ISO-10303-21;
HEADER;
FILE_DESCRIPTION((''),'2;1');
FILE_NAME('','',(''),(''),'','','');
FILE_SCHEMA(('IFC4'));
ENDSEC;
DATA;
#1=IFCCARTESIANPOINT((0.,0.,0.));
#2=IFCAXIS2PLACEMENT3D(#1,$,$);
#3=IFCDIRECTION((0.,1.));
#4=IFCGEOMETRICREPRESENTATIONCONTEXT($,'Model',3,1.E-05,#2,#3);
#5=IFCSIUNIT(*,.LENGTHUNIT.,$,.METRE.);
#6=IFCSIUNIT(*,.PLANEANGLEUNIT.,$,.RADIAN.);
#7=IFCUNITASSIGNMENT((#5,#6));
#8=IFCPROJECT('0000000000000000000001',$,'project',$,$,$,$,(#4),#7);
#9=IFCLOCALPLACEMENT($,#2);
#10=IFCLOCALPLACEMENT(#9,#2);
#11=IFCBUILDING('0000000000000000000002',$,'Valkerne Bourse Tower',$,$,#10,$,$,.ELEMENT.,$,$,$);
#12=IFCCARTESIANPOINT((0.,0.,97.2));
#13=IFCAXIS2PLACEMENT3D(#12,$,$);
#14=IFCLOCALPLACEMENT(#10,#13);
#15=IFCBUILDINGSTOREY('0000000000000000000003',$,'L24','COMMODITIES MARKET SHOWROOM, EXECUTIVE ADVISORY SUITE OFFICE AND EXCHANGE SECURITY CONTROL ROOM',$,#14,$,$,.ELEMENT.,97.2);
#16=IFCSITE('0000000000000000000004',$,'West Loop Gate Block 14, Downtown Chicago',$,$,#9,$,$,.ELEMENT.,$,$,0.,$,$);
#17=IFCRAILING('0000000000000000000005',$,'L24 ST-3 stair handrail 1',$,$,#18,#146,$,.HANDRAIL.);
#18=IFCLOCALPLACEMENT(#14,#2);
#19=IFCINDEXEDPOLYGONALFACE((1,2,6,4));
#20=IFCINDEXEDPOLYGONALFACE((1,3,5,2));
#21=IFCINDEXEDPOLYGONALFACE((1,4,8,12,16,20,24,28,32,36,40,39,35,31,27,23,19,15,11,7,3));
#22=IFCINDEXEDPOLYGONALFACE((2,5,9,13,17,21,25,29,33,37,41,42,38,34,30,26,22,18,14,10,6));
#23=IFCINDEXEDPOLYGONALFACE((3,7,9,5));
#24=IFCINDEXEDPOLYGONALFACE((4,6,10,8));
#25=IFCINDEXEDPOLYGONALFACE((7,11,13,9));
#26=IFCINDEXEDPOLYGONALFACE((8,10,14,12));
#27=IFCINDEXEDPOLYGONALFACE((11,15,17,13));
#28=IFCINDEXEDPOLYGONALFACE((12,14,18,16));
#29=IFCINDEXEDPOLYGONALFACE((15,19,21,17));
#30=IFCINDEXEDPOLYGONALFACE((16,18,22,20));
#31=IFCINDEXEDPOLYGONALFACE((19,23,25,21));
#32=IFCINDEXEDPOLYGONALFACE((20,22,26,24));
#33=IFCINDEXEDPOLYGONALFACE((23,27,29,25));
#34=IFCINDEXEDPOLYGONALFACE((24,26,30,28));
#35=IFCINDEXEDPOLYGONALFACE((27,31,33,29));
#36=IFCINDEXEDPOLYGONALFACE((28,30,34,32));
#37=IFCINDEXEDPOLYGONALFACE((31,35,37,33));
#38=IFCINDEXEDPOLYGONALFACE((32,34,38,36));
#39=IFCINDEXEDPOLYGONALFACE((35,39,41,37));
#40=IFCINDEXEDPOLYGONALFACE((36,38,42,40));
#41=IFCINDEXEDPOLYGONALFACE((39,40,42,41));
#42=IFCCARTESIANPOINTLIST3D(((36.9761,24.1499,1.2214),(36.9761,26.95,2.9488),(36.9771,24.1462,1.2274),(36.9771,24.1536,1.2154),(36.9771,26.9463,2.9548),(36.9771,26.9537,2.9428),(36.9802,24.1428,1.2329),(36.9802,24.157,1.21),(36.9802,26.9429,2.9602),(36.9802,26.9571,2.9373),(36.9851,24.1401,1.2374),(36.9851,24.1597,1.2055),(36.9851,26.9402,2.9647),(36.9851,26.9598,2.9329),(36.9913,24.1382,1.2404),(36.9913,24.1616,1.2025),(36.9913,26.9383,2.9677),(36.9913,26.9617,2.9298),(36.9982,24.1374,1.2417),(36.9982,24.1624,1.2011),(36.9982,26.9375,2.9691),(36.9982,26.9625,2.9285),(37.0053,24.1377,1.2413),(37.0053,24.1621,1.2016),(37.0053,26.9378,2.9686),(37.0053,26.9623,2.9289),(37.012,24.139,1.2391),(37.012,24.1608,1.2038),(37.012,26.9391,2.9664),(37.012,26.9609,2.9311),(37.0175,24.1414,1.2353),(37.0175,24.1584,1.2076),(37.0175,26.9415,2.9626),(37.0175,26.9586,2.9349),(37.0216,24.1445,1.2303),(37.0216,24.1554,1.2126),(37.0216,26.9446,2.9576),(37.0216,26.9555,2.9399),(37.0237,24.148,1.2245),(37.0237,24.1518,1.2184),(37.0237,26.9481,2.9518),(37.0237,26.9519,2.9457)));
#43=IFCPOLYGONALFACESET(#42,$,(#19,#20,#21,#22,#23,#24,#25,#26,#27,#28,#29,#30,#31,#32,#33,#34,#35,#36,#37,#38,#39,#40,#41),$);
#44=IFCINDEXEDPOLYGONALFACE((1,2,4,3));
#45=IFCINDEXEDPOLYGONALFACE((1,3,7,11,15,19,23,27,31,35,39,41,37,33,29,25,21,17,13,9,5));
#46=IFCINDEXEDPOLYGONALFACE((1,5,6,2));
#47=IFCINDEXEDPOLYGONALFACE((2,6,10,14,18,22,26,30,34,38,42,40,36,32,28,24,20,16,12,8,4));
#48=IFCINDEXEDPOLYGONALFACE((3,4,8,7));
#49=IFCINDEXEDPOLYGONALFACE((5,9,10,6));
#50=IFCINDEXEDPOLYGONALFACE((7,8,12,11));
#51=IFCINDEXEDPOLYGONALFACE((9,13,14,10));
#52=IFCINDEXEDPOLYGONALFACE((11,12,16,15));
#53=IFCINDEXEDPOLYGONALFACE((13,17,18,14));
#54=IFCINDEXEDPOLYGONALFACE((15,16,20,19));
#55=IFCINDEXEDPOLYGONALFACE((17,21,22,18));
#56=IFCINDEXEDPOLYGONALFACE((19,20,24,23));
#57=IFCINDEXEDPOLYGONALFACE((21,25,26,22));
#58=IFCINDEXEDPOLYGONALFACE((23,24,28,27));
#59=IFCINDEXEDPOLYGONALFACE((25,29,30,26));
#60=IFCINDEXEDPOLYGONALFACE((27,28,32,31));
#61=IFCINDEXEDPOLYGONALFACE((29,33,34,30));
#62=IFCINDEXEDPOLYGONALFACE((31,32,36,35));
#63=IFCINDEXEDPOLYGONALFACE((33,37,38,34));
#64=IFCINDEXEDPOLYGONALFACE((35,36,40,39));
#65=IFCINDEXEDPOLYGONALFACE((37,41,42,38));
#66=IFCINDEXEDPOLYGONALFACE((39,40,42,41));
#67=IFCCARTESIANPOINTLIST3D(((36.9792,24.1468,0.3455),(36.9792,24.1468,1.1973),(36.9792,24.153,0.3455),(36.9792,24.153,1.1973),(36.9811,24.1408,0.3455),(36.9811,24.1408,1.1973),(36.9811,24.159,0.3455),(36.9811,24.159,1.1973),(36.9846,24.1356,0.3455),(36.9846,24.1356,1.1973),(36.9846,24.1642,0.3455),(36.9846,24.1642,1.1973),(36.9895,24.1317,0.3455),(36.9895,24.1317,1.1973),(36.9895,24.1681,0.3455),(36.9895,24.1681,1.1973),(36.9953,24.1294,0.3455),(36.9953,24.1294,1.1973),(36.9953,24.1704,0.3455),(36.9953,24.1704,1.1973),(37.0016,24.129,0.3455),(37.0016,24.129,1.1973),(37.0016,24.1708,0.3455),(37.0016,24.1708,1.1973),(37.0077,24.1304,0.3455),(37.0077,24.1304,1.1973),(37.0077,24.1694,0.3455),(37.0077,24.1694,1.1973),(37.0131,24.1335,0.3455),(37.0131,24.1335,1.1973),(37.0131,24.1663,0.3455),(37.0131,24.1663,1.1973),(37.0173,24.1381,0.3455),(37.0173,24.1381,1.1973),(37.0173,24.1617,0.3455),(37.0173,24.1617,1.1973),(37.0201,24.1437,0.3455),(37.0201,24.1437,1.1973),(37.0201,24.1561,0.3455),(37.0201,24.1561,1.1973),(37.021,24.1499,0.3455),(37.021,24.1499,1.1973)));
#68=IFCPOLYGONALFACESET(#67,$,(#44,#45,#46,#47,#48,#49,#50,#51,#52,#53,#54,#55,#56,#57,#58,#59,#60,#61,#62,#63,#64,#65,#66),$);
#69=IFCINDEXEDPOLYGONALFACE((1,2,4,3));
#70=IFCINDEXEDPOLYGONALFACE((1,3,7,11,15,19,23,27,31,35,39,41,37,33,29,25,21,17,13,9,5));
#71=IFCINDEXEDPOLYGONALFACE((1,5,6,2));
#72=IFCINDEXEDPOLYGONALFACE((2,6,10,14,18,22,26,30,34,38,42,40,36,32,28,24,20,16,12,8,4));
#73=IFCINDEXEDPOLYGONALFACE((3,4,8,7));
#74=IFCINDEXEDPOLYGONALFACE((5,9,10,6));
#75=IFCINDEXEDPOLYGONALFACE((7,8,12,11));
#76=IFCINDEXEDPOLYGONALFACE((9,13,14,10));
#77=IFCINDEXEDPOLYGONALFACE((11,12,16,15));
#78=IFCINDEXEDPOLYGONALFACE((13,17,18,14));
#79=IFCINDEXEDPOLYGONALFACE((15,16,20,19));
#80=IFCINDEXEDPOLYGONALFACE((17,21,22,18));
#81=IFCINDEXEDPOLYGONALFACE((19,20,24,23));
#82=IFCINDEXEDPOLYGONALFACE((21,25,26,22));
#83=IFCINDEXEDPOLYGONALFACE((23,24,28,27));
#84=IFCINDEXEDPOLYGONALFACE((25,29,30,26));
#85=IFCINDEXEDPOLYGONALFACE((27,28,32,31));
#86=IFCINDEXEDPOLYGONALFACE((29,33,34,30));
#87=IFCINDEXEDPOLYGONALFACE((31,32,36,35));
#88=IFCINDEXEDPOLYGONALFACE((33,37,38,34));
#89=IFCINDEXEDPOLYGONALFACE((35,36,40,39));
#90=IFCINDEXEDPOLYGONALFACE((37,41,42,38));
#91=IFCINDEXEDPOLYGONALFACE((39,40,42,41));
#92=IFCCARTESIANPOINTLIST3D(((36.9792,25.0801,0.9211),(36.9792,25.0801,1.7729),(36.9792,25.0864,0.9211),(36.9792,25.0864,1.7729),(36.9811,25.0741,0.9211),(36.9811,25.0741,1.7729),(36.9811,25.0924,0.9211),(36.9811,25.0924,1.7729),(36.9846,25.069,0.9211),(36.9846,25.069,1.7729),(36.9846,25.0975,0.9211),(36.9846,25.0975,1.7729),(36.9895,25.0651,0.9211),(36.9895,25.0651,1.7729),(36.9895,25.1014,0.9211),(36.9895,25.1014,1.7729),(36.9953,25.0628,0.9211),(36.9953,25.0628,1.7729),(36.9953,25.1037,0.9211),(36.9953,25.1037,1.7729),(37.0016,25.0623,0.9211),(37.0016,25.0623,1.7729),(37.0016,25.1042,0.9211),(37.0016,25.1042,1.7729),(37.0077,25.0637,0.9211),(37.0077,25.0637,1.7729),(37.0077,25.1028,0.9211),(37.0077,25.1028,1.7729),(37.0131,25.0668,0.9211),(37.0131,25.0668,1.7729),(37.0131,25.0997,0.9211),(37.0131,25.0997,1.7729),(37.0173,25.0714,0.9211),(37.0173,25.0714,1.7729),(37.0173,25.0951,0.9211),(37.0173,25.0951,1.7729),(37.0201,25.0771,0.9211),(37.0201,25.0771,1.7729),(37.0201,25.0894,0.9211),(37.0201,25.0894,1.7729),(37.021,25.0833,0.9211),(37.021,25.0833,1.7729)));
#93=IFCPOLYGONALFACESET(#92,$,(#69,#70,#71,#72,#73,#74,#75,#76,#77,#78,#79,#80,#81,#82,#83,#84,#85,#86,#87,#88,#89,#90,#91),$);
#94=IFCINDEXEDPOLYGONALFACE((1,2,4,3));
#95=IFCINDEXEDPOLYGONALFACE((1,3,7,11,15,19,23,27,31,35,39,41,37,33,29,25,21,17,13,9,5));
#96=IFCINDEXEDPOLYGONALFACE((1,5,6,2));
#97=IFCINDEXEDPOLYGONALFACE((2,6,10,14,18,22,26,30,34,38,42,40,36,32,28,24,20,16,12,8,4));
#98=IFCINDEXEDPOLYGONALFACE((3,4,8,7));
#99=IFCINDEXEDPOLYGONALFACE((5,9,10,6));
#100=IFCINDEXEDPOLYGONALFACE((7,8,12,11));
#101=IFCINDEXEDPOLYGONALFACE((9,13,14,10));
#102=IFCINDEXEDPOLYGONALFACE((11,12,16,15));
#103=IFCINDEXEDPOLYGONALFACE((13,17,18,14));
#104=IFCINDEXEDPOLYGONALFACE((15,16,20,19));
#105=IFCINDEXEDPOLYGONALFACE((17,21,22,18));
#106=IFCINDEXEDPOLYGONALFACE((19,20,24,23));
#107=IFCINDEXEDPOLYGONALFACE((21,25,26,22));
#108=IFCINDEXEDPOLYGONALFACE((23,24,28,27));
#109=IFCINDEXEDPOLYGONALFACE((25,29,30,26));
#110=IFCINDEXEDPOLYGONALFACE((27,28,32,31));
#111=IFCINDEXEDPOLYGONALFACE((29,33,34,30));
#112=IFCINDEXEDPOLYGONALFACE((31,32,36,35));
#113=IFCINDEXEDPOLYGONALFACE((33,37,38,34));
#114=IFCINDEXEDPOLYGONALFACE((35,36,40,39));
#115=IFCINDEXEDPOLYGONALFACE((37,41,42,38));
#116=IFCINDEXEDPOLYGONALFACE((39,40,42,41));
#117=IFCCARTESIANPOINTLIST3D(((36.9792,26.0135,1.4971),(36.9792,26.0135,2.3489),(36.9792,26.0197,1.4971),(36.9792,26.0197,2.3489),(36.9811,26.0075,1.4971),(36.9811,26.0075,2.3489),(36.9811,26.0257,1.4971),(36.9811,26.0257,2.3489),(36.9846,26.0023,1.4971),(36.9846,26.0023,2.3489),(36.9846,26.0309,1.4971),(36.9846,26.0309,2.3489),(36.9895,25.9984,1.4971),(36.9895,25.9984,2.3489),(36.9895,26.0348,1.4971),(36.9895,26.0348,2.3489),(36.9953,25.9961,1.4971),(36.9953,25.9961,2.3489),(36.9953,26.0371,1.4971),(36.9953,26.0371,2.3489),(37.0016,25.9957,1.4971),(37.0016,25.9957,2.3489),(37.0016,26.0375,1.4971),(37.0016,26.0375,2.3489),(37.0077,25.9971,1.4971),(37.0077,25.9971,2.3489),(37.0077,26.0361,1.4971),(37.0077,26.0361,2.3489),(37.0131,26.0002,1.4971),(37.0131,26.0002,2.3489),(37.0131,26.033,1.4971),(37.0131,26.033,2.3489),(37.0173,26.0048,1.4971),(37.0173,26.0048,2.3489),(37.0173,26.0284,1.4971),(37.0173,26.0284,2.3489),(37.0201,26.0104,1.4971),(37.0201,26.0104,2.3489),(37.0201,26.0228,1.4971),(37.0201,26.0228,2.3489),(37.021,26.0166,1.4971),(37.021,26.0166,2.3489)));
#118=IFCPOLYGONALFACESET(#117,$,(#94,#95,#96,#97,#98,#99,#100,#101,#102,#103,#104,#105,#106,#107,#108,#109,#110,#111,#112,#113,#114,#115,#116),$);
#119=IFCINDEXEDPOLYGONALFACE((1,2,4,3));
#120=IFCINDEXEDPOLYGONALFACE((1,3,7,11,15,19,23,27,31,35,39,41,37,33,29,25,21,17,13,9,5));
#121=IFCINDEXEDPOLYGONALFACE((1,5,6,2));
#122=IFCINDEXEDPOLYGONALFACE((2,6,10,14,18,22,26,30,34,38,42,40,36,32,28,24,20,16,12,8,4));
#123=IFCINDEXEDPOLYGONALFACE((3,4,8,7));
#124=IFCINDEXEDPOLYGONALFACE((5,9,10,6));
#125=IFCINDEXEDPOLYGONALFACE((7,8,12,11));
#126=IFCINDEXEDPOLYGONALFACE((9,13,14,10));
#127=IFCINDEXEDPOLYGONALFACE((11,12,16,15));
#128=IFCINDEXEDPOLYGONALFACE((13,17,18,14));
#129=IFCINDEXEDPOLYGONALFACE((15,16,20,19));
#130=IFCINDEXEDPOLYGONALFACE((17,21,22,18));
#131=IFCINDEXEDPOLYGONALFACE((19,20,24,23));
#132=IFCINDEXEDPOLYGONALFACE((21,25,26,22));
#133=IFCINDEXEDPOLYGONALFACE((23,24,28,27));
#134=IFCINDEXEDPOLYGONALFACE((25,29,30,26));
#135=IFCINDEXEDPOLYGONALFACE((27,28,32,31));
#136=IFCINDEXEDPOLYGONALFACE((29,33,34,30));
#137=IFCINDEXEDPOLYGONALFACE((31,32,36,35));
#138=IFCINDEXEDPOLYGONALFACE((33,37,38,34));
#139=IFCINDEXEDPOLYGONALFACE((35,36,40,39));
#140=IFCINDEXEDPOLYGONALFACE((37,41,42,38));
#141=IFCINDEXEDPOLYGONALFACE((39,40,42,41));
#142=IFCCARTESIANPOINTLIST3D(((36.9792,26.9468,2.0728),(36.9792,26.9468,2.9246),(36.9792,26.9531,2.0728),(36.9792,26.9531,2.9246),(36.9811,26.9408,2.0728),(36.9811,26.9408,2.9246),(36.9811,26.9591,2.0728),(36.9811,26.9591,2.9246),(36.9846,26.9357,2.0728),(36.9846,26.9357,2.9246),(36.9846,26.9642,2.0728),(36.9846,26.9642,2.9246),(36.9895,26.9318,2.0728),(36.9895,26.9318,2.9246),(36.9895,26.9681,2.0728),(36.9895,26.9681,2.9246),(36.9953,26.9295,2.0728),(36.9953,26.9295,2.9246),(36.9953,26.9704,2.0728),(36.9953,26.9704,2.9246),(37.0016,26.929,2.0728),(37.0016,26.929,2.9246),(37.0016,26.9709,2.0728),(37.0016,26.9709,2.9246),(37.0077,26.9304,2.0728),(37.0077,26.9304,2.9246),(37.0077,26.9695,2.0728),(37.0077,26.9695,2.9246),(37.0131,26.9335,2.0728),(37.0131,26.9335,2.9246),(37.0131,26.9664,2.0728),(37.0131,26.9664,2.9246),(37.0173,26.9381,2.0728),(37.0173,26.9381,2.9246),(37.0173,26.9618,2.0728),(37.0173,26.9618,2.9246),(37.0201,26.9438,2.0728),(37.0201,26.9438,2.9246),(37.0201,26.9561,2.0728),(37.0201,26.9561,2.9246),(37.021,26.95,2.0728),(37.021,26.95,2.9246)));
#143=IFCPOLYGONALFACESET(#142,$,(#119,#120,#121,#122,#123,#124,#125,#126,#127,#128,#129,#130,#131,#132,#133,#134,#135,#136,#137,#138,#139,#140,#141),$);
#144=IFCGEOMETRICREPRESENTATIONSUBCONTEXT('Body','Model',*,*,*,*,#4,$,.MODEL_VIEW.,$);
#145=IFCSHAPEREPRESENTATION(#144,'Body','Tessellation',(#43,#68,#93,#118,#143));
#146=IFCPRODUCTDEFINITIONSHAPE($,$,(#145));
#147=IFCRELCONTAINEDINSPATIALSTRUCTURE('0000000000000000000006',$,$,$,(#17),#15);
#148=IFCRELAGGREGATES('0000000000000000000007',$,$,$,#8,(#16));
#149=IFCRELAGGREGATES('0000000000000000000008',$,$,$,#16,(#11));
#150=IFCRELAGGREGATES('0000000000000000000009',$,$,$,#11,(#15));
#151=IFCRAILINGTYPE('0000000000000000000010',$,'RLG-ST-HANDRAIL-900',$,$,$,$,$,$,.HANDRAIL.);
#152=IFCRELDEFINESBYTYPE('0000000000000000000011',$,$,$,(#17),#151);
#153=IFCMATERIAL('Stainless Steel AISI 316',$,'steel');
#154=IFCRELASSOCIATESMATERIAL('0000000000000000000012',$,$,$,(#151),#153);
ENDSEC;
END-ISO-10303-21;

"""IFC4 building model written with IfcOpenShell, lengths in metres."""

from ifc_helpers import new_model, si_unit, direction, frame, origin, origin_2d, place, context, subcontext, project, spatial, circle, extrude, material, type_object, element, save


model = new_model("IFC4")

# Units and contexts
model_context = context("Model", 3, precision=1e-05, world=origin(), true_north=direction((0.0, 1.0)))
body_context = subcontext(model_context, "Body", "Model", "MODEL_VIEW")
ifc_project = project(units=[si_unit("LENGTHUNIT", "METRE"), si_unit("PLANEANGLEUNIT", "RADIAN")], contexts=[model_context])

# Site, building, storey
site_placement = place(None, origin())
site = spatial("IfcSite", under=ifc_project, at=site_placement, Name="West Loop Gate Block 14, Downtown Chicago", CompositionType="ELEMENT", RefElevation=0.0)
building_placement = place(site_placement, origin())
building = spatial("IfcBuilding", under=site, at=building_placement, Name="Valkerne Bourse Tower", CompositionType="ELEMENT")
storey_placement = place(building_placement, frame((0.0, 0.0, 97.2)))
storey = spatial("IfcBuildingStorey", under=building, at=storey_placement, Name="L24", Description="COMMODITIES MARKET SHOWROOM, EXECUTIVE ADVISORY SUITE OFFICE AND EXCHANGE SECURITY CONTROL ROOM", CompositionType="ELEMENT", Elevation=97.2)

# Railing
ifc_material_1 = material(Name="Stainless Steel AISI 316", Category="steel")
railing_type_1 = type_object("IfcRailingType", Name="RLG-ST-HANDRAIL-900", PredefinedType="HANDRAIL", material=ifc_material_1)
railing_1_placement = place(storey_placement, frame((37.0, 24.1499, 0.3455)))
element("IfcRailing", 1, at=railing_1_placement, inside=storey, type_object=railing_type_1, Name="L24 ST-3 stair handrail 1", PredefinedType="HANDRAIL", context=body_context, shape_type="SweptSolid", body=[
    extrude(circle(Radius=0.0239, at=origin_2d()), frame((0.0, 0.0, 0.876), z_axis=(0.0, 0.85109, 0.52502), x_axis=(-1.0, 0.0, 0.0)), (0.0, 0.0, 1.0), 3.29),
    extrude(circle(Radius=0.021, at=origin_2d()), origin(), (0.0, 0.0, 1.0), 0.8518),
    extrude(circle(Radius=0.021, at=origin_2d()), frame((0.0, 0.9333, 0.5757)), (0.0, 0.0, 1.0), 0.8518),
    extrude(circle(Radius=0.021, at=origin_2d()), frame((0.0, 1.8667, 1.1516)), (0.0, 0.0, 1.0), 0.8518),
    extrude(circle(Radius=0.021, at=origin_2d()), frame((0.0, 2.8, 1.7273)), (0.0, 0.0, 1.0), 0.8518),
])

save(model, "model.ifc")
